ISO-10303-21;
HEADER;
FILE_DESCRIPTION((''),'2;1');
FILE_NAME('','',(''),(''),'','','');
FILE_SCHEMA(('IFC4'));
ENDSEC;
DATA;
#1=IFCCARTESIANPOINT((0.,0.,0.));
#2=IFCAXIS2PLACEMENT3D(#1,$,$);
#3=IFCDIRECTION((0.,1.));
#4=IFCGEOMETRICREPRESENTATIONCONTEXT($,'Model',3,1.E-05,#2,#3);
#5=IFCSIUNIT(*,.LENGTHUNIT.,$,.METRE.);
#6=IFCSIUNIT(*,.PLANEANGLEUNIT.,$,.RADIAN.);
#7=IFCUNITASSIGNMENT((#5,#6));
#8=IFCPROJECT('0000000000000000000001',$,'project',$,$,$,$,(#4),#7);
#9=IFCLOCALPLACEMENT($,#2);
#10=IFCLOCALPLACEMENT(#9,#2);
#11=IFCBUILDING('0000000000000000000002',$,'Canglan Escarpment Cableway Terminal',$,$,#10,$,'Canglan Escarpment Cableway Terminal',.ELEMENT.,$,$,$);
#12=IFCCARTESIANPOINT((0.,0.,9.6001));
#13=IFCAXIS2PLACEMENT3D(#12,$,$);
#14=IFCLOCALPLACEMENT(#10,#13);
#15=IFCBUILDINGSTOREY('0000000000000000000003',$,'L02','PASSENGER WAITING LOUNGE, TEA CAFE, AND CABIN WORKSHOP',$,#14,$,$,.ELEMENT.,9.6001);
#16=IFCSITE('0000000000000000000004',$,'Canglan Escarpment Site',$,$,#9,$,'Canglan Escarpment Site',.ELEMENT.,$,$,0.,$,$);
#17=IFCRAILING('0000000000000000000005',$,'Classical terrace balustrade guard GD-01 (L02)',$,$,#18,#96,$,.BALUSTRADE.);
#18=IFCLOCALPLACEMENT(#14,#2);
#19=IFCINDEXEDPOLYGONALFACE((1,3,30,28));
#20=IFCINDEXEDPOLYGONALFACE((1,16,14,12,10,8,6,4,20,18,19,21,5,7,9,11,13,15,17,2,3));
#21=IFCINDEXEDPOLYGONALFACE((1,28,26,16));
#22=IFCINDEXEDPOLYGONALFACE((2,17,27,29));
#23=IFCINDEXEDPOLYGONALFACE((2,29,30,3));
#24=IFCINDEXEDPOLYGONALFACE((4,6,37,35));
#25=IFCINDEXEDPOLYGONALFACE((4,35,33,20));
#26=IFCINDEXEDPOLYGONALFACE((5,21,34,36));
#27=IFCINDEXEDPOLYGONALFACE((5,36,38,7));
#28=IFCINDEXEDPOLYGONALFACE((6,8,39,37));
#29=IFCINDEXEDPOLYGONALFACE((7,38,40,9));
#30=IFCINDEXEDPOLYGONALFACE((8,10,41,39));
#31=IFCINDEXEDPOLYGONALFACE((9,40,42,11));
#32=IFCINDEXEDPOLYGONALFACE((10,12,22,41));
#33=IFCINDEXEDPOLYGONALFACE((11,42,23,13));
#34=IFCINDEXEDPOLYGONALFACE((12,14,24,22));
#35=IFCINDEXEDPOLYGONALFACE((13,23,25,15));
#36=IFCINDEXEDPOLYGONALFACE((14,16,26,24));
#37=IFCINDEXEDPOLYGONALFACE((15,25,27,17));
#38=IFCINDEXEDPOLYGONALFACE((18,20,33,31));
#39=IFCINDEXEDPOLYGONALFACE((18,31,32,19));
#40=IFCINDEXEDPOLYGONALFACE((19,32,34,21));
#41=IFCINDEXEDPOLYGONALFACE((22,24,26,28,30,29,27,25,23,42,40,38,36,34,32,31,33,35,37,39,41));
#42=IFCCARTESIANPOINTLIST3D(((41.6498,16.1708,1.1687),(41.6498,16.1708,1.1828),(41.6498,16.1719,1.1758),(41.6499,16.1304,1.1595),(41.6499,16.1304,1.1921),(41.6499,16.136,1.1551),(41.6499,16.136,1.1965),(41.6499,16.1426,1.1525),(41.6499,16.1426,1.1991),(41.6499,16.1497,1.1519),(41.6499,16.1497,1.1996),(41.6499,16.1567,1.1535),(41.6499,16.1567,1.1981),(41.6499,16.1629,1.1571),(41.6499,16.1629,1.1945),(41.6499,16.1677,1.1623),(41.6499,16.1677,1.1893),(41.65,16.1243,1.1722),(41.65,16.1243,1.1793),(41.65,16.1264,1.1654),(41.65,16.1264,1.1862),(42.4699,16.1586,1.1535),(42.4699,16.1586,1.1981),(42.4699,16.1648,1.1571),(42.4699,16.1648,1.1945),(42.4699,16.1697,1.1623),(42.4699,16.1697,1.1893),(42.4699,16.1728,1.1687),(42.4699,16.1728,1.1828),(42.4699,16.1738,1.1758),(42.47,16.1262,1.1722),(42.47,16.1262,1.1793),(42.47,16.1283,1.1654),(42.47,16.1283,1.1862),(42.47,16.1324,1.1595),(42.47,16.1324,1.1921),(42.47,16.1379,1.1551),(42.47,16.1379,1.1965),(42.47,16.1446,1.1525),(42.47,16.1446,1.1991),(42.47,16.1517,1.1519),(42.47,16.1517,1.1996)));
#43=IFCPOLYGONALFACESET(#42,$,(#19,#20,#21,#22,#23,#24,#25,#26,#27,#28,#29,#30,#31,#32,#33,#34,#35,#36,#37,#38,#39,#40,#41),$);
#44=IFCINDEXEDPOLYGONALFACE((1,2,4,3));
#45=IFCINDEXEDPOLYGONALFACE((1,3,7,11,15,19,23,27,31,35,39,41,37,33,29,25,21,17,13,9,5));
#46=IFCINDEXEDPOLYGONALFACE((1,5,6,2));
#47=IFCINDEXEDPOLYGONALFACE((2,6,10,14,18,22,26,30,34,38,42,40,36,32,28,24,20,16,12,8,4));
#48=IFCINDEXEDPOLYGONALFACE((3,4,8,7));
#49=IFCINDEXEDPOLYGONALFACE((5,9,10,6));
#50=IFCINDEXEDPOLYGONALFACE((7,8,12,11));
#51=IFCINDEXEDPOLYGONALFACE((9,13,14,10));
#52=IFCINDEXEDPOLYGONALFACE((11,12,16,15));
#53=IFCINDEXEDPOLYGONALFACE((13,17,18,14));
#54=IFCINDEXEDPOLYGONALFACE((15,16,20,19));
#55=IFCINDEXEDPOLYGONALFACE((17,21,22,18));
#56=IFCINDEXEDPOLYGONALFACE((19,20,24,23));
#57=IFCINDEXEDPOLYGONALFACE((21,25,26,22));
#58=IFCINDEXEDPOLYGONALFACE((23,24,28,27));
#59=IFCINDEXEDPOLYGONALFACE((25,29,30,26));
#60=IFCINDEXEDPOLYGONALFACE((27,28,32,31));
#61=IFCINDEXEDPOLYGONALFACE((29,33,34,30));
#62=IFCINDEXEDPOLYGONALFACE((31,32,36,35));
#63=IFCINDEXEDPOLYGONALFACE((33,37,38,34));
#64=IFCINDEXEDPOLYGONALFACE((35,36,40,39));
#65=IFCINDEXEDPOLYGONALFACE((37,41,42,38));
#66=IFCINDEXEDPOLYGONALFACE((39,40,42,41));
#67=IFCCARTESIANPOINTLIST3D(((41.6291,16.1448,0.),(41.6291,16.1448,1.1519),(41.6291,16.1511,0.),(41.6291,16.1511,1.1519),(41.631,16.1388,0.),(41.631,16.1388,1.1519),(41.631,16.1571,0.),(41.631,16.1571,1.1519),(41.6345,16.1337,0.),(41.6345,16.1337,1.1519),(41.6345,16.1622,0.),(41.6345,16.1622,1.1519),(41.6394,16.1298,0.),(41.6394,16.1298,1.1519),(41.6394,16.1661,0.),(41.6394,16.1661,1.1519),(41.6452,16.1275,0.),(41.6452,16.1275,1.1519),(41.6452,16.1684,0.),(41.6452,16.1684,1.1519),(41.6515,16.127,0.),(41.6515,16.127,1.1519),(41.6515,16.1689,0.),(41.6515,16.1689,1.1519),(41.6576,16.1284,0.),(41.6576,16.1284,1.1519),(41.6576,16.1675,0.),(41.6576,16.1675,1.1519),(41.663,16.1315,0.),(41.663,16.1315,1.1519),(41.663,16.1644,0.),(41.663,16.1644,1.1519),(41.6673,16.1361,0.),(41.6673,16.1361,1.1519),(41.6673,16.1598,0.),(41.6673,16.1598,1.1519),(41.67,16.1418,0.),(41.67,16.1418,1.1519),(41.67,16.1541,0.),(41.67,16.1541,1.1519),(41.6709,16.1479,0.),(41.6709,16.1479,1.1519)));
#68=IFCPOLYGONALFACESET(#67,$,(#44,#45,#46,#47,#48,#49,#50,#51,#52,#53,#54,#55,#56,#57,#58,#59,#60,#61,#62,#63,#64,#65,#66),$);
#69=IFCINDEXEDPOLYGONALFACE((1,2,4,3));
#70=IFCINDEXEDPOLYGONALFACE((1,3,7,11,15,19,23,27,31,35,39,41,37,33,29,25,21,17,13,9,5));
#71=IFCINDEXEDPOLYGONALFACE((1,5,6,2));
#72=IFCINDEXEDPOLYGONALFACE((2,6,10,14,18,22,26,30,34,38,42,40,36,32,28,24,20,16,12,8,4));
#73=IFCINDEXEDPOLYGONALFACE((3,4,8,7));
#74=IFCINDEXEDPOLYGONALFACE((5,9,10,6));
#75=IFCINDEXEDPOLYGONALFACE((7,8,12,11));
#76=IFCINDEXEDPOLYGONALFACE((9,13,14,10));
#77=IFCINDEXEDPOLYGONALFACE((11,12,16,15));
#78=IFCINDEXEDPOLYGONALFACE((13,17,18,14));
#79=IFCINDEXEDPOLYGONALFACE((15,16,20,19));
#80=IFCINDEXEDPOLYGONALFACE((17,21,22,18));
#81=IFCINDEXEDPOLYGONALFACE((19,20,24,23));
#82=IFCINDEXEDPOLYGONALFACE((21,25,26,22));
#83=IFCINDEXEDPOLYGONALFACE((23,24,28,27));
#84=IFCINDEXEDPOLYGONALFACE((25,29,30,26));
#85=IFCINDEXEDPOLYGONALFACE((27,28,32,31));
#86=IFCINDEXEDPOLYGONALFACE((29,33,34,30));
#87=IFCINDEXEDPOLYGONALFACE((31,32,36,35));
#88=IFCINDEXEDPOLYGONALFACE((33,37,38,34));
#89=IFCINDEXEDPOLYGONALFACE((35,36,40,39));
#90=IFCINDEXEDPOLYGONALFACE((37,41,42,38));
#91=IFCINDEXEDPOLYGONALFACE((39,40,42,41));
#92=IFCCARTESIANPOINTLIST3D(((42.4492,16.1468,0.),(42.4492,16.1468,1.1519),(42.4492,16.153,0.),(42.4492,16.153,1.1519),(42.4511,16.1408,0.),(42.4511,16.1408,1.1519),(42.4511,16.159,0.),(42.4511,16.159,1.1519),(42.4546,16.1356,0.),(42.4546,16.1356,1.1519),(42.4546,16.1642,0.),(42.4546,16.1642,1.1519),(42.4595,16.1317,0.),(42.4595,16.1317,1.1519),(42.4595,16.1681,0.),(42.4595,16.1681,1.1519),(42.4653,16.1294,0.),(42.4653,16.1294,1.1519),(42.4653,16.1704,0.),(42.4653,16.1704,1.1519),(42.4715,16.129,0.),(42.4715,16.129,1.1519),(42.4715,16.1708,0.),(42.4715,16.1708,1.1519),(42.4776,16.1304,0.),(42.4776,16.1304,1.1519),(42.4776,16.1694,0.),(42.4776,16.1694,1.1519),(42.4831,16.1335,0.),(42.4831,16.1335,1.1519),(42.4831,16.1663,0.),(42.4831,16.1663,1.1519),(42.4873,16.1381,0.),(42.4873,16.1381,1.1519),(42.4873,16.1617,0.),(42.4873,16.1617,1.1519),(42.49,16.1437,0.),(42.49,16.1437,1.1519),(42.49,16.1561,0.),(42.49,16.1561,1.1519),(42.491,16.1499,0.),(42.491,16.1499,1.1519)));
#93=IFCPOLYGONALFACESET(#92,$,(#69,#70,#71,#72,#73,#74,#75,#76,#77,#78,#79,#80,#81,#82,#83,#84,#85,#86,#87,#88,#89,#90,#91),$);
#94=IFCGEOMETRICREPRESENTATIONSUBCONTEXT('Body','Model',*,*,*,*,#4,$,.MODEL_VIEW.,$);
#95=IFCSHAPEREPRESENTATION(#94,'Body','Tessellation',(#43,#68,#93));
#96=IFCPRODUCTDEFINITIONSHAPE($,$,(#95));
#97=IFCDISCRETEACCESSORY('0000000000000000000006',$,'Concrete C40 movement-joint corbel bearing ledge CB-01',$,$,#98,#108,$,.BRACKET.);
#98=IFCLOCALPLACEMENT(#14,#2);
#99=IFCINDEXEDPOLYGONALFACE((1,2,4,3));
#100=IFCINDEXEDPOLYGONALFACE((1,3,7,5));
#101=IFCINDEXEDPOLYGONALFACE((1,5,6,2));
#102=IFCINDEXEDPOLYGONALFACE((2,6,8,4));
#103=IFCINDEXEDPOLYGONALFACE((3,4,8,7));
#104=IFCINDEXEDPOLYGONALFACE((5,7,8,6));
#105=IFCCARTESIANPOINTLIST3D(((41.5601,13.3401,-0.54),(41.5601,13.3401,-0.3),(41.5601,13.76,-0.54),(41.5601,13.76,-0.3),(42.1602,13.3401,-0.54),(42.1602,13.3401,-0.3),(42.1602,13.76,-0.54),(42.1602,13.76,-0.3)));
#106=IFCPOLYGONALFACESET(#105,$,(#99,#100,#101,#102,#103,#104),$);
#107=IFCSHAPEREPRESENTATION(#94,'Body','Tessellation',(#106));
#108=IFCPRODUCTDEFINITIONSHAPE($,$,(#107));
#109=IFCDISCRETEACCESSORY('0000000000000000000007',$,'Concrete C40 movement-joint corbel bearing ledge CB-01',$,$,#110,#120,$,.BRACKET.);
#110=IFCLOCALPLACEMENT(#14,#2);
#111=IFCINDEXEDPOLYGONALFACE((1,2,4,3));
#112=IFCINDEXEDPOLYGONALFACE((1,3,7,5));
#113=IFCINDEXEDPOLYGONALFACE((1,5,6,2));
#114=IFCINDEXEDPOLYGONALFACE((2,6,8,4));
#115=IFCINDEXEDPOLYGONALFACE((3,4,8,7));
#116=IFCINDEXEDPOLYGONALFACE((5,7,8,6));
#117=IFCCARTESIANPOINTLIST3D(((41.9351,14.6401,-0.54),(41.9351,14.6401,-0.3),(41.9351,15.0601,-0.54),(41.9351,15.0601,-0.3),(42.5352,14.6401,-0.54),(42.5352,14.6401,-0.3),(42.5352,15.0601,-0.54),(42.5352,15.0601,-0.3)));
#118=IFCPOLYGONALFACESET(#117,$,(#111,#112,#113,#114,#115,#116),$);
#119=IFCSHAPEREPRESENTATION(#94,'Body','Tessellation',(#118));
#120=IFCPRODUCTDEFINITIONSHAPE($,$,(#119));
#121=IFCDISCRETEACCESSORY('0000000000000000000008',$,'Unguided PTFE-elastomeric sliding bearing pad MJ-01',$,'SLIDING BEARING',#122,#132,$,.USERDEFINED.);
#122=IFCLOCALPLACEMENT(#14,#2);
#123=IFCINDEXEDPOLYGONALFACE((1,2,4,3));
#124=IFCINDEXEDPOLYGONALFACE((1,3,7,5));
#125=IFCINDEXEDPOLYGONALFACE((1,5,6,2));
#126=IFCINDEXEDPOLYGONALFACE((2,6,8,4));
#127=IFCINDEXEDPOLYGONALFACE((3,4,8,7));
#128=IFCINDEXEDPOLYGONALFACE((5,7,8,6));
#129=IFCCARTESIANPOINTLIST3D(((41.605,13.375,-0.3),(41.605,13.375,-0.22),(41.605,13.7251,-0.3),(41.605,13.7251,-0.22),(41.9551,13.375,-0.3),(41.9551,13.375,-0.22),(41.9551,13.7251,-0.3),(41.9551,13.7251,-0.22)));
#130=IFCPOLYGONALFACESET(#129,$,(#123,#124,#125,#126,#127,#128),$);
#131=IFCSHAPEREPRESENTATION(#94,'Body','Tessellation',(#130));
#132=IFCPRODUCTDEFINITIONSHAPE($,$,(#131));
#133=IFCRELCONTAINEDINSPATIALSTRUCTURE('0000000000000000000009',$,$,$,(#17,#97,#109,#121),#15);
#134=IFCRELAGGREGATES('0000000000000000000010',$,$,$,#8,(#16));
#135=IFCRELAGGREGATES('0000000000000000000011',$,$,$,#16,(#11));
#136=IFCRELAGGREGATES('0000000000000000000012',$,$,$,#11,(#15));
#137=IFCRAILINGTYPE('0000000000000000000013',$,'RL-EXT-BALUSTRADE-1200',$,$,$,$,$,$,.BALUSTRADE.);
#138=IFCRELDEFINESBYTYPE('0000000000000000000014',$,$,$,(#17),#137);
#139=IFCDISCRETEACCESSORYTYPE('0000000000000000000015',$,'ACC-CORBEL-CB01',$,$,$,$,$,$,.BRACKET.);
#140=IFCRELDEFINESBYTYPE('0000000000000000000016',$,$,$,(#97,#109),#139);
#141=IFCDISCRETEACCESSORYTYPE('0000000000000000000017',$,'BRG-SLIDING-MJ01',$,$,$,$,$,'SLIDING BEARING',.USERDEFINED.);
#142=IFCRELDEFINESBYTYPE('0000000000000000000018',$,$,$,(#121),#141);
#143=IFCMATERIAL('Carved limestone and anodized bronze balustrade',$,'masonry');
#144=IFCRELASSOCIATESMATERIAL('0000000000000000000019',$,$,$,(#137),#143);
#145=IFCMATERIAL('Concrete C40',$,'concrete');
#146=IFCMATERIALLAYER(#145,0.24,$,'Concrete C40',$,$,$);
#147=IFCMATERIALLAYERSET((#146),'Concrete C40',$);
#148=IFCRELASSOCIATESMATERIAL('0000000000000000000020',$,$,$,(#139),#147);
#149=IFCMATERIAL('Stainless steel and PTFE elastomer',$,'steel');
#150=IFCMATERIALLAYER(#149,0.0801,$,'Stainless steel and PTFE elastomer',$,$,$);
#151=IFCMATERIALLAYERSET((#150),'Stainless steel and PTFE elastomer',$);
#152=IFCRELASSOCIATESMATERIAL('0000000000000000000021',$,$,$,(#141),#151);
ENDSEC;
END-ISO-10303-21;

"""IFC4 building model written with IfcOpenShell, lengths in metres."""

from ifc_helpers import new_model, si_unit, direction, frame, origin, origin_2d, place, context, subcontext, project, spatial, rectangle, circle, extrude, material, layer, layer_set, type_object, element, save


model = new_model("IFC4")

# Units and contexts
model_context = context("Model", 3, precision=1e-05, world=origin(), true_north=direction((0.0, 1.0)))
body_context = subcontext(model_context, "Body", "Model", "MODEL_VIEW")
ifc_project = project(units=[si_unit("LENGTHUNIT", "METRE"), si_unit("PLANEANGLEUNIT", "RADIAN")], contexts=[model_context])

# Site, building, storey
site_placement = place(None, origin())
site = spatial("IfcSite", under=ifc_project, at=site_placement, Name="Canglan Escarpment Site", LongName="Canglan Escarpment Site", CompositionType="ELEMENT", RefElevation=0.0)
building_placement = place(site_placement, origin())
building = spatial("IfcBuilding", under=site, at=building_placement, Name="Canglan Escarpment Cableway Terminal", LongName="Canglan Escarpment Cableway Terminal", CompositionType="ELEMENT")
storey_placement = place(building_placement, frame((0.0, 0.0, 9.6001)))
storey = spatial("IfcBuildingStorey", under=building, at=storey_placement, Name="L02", Description="PASSENGER WAITING LOUNGE, TEA CAFE, AND CABIN WORKSHOP", CompositionType="ELEMENT", Elevation=9.6001)

# Railing
ifc_material_1 = material(Name="Carved limestone and anodized bronze balustrade", Category="masonry")
railing_type = type_object("IfcRailingType", Name="RL-EXT-BALUSTRADE-1200", PredefinedType="BALUSTRADE", material=ifc_material_1)
railing_1_placement = place(storey_placement, frame((41.6499, 16.1479, 0.0)))
element("IfcRailing", 1, at=railing_1_placement, inside=storey, type_object=railing_type, Name="Classical terrace balustrade guard GD-01 (L02)", PredefinedType="BALUSTRADE", context=body_context, shape_type="SweptSolid", body=[
    extrude(circle(Radius=0.0239, at=origin_2d()), frame((0.0, 0.0, 1.1758), z_axis=(0.999997, 0.002382, 0.0), x_axis=(-0.002382, 0.999997, 0.0)), (0.0, 0.0, 1.0), 0.8201),
    extrude(circle(Radius=0.021, at=origin_2d()), origin(), (0.0, 0.0, 1.0), 1.1519),
    extrude(circle(Radius=0.021, at=origin_2d()), frame((0.8201, 0.002, 0.0)), (0.0, 0.0, 1.0), 1.1519),
])

# Discrete accessories
ifc_material_2 = material(Name="Concrete C40", Category="concrete")
ifc_layer_1 = layer(ifc_material_2, 0.24, Name="Concrete C40")
ifc_layer_set_1 = layer_set([ifc_layer_1], Name="Concrete C40")
discrete_accessory_type_1 = type_object("IfcDiscreteAccessoryType", Name="ACC-CORBEL-CB01", PredefinedType="BRACKET", material=ifc_layer_set_1)
for number, where, z_axis, x_axis, name in (
    (2, (41.8601, 13.55, -0.54), (0.0, 0.0, 1.0), (1.0, 0.0, 0.0), "Concrete C40 movement-joint corbel bearing ledge CB-01"),
    (3, (42.2351, 14.8501, -0.54), (0.0, 0.0, 1.0), (1.0, 0.0, 0.0), "Concrete C40 movement-joint corbel bearing ledge CB-01"),
):
    element("IfcDiscreteAccessory", number, at=place(storey_placement, frame(where, z_axis=z_axis, x_axis=x_axis)), inside=storey, type_object=discrete_accessory_type_1, Name=name, PredefinedType="BRACKET", context=body_context, shape_type="SweptSolid", body=[
        extrude(rectangle(XDim=0.6001, YDim=0.4199, at=origin_2d()), origin(), (0.0, 0.0, 1.0), 0.24),
    ])
ifc_material_3 = material(Name="Stainless steel and PTFE elastomer", Category="steel")
ifc_layer_2 = layer(ifc_material_3, 0.0801, Name="Stainless steel and PTFE elastomer")
ifc_layer_set_2 = layer_set([ifc_layer_2], Name="Stainless steel and PTFE elastomer")
discrete_accessory_type_2 = type_object("IfcDiscreteAccessoryType", Name="BRG-SLIDING-MJ01", ElementType="SLIDING BEARING", PredefinedType="USERDEFINED", material=ifc_layer_set_2)
discrete_accessory_placement = place(storey_placement, frame((41.78, 13.55, -0.3), z_axis=(0.0, 0.0, 1.0), x_axis=(1.0, 0.0, 0.0)))
element("IfcDiscreteAccessory", 4, at=discrete_accessory_placement, inside=storey, type_object=discrete_accessory_type_2, Name="Unguided PTFE-elastomeric sliding bearing pad MJ-01", ObjectType="SLIDING BEARING", PredefinedType="USERDEFINED", context=body_context, shape_type="SweptSolid", body=[
    extrude(rectangle(XDim=0.3501, YDim=0.3501, at=origin_2d()), origin(), (0.0, 0.0, 1.0), 0.0801),
])

save(model, "model.ifc")
